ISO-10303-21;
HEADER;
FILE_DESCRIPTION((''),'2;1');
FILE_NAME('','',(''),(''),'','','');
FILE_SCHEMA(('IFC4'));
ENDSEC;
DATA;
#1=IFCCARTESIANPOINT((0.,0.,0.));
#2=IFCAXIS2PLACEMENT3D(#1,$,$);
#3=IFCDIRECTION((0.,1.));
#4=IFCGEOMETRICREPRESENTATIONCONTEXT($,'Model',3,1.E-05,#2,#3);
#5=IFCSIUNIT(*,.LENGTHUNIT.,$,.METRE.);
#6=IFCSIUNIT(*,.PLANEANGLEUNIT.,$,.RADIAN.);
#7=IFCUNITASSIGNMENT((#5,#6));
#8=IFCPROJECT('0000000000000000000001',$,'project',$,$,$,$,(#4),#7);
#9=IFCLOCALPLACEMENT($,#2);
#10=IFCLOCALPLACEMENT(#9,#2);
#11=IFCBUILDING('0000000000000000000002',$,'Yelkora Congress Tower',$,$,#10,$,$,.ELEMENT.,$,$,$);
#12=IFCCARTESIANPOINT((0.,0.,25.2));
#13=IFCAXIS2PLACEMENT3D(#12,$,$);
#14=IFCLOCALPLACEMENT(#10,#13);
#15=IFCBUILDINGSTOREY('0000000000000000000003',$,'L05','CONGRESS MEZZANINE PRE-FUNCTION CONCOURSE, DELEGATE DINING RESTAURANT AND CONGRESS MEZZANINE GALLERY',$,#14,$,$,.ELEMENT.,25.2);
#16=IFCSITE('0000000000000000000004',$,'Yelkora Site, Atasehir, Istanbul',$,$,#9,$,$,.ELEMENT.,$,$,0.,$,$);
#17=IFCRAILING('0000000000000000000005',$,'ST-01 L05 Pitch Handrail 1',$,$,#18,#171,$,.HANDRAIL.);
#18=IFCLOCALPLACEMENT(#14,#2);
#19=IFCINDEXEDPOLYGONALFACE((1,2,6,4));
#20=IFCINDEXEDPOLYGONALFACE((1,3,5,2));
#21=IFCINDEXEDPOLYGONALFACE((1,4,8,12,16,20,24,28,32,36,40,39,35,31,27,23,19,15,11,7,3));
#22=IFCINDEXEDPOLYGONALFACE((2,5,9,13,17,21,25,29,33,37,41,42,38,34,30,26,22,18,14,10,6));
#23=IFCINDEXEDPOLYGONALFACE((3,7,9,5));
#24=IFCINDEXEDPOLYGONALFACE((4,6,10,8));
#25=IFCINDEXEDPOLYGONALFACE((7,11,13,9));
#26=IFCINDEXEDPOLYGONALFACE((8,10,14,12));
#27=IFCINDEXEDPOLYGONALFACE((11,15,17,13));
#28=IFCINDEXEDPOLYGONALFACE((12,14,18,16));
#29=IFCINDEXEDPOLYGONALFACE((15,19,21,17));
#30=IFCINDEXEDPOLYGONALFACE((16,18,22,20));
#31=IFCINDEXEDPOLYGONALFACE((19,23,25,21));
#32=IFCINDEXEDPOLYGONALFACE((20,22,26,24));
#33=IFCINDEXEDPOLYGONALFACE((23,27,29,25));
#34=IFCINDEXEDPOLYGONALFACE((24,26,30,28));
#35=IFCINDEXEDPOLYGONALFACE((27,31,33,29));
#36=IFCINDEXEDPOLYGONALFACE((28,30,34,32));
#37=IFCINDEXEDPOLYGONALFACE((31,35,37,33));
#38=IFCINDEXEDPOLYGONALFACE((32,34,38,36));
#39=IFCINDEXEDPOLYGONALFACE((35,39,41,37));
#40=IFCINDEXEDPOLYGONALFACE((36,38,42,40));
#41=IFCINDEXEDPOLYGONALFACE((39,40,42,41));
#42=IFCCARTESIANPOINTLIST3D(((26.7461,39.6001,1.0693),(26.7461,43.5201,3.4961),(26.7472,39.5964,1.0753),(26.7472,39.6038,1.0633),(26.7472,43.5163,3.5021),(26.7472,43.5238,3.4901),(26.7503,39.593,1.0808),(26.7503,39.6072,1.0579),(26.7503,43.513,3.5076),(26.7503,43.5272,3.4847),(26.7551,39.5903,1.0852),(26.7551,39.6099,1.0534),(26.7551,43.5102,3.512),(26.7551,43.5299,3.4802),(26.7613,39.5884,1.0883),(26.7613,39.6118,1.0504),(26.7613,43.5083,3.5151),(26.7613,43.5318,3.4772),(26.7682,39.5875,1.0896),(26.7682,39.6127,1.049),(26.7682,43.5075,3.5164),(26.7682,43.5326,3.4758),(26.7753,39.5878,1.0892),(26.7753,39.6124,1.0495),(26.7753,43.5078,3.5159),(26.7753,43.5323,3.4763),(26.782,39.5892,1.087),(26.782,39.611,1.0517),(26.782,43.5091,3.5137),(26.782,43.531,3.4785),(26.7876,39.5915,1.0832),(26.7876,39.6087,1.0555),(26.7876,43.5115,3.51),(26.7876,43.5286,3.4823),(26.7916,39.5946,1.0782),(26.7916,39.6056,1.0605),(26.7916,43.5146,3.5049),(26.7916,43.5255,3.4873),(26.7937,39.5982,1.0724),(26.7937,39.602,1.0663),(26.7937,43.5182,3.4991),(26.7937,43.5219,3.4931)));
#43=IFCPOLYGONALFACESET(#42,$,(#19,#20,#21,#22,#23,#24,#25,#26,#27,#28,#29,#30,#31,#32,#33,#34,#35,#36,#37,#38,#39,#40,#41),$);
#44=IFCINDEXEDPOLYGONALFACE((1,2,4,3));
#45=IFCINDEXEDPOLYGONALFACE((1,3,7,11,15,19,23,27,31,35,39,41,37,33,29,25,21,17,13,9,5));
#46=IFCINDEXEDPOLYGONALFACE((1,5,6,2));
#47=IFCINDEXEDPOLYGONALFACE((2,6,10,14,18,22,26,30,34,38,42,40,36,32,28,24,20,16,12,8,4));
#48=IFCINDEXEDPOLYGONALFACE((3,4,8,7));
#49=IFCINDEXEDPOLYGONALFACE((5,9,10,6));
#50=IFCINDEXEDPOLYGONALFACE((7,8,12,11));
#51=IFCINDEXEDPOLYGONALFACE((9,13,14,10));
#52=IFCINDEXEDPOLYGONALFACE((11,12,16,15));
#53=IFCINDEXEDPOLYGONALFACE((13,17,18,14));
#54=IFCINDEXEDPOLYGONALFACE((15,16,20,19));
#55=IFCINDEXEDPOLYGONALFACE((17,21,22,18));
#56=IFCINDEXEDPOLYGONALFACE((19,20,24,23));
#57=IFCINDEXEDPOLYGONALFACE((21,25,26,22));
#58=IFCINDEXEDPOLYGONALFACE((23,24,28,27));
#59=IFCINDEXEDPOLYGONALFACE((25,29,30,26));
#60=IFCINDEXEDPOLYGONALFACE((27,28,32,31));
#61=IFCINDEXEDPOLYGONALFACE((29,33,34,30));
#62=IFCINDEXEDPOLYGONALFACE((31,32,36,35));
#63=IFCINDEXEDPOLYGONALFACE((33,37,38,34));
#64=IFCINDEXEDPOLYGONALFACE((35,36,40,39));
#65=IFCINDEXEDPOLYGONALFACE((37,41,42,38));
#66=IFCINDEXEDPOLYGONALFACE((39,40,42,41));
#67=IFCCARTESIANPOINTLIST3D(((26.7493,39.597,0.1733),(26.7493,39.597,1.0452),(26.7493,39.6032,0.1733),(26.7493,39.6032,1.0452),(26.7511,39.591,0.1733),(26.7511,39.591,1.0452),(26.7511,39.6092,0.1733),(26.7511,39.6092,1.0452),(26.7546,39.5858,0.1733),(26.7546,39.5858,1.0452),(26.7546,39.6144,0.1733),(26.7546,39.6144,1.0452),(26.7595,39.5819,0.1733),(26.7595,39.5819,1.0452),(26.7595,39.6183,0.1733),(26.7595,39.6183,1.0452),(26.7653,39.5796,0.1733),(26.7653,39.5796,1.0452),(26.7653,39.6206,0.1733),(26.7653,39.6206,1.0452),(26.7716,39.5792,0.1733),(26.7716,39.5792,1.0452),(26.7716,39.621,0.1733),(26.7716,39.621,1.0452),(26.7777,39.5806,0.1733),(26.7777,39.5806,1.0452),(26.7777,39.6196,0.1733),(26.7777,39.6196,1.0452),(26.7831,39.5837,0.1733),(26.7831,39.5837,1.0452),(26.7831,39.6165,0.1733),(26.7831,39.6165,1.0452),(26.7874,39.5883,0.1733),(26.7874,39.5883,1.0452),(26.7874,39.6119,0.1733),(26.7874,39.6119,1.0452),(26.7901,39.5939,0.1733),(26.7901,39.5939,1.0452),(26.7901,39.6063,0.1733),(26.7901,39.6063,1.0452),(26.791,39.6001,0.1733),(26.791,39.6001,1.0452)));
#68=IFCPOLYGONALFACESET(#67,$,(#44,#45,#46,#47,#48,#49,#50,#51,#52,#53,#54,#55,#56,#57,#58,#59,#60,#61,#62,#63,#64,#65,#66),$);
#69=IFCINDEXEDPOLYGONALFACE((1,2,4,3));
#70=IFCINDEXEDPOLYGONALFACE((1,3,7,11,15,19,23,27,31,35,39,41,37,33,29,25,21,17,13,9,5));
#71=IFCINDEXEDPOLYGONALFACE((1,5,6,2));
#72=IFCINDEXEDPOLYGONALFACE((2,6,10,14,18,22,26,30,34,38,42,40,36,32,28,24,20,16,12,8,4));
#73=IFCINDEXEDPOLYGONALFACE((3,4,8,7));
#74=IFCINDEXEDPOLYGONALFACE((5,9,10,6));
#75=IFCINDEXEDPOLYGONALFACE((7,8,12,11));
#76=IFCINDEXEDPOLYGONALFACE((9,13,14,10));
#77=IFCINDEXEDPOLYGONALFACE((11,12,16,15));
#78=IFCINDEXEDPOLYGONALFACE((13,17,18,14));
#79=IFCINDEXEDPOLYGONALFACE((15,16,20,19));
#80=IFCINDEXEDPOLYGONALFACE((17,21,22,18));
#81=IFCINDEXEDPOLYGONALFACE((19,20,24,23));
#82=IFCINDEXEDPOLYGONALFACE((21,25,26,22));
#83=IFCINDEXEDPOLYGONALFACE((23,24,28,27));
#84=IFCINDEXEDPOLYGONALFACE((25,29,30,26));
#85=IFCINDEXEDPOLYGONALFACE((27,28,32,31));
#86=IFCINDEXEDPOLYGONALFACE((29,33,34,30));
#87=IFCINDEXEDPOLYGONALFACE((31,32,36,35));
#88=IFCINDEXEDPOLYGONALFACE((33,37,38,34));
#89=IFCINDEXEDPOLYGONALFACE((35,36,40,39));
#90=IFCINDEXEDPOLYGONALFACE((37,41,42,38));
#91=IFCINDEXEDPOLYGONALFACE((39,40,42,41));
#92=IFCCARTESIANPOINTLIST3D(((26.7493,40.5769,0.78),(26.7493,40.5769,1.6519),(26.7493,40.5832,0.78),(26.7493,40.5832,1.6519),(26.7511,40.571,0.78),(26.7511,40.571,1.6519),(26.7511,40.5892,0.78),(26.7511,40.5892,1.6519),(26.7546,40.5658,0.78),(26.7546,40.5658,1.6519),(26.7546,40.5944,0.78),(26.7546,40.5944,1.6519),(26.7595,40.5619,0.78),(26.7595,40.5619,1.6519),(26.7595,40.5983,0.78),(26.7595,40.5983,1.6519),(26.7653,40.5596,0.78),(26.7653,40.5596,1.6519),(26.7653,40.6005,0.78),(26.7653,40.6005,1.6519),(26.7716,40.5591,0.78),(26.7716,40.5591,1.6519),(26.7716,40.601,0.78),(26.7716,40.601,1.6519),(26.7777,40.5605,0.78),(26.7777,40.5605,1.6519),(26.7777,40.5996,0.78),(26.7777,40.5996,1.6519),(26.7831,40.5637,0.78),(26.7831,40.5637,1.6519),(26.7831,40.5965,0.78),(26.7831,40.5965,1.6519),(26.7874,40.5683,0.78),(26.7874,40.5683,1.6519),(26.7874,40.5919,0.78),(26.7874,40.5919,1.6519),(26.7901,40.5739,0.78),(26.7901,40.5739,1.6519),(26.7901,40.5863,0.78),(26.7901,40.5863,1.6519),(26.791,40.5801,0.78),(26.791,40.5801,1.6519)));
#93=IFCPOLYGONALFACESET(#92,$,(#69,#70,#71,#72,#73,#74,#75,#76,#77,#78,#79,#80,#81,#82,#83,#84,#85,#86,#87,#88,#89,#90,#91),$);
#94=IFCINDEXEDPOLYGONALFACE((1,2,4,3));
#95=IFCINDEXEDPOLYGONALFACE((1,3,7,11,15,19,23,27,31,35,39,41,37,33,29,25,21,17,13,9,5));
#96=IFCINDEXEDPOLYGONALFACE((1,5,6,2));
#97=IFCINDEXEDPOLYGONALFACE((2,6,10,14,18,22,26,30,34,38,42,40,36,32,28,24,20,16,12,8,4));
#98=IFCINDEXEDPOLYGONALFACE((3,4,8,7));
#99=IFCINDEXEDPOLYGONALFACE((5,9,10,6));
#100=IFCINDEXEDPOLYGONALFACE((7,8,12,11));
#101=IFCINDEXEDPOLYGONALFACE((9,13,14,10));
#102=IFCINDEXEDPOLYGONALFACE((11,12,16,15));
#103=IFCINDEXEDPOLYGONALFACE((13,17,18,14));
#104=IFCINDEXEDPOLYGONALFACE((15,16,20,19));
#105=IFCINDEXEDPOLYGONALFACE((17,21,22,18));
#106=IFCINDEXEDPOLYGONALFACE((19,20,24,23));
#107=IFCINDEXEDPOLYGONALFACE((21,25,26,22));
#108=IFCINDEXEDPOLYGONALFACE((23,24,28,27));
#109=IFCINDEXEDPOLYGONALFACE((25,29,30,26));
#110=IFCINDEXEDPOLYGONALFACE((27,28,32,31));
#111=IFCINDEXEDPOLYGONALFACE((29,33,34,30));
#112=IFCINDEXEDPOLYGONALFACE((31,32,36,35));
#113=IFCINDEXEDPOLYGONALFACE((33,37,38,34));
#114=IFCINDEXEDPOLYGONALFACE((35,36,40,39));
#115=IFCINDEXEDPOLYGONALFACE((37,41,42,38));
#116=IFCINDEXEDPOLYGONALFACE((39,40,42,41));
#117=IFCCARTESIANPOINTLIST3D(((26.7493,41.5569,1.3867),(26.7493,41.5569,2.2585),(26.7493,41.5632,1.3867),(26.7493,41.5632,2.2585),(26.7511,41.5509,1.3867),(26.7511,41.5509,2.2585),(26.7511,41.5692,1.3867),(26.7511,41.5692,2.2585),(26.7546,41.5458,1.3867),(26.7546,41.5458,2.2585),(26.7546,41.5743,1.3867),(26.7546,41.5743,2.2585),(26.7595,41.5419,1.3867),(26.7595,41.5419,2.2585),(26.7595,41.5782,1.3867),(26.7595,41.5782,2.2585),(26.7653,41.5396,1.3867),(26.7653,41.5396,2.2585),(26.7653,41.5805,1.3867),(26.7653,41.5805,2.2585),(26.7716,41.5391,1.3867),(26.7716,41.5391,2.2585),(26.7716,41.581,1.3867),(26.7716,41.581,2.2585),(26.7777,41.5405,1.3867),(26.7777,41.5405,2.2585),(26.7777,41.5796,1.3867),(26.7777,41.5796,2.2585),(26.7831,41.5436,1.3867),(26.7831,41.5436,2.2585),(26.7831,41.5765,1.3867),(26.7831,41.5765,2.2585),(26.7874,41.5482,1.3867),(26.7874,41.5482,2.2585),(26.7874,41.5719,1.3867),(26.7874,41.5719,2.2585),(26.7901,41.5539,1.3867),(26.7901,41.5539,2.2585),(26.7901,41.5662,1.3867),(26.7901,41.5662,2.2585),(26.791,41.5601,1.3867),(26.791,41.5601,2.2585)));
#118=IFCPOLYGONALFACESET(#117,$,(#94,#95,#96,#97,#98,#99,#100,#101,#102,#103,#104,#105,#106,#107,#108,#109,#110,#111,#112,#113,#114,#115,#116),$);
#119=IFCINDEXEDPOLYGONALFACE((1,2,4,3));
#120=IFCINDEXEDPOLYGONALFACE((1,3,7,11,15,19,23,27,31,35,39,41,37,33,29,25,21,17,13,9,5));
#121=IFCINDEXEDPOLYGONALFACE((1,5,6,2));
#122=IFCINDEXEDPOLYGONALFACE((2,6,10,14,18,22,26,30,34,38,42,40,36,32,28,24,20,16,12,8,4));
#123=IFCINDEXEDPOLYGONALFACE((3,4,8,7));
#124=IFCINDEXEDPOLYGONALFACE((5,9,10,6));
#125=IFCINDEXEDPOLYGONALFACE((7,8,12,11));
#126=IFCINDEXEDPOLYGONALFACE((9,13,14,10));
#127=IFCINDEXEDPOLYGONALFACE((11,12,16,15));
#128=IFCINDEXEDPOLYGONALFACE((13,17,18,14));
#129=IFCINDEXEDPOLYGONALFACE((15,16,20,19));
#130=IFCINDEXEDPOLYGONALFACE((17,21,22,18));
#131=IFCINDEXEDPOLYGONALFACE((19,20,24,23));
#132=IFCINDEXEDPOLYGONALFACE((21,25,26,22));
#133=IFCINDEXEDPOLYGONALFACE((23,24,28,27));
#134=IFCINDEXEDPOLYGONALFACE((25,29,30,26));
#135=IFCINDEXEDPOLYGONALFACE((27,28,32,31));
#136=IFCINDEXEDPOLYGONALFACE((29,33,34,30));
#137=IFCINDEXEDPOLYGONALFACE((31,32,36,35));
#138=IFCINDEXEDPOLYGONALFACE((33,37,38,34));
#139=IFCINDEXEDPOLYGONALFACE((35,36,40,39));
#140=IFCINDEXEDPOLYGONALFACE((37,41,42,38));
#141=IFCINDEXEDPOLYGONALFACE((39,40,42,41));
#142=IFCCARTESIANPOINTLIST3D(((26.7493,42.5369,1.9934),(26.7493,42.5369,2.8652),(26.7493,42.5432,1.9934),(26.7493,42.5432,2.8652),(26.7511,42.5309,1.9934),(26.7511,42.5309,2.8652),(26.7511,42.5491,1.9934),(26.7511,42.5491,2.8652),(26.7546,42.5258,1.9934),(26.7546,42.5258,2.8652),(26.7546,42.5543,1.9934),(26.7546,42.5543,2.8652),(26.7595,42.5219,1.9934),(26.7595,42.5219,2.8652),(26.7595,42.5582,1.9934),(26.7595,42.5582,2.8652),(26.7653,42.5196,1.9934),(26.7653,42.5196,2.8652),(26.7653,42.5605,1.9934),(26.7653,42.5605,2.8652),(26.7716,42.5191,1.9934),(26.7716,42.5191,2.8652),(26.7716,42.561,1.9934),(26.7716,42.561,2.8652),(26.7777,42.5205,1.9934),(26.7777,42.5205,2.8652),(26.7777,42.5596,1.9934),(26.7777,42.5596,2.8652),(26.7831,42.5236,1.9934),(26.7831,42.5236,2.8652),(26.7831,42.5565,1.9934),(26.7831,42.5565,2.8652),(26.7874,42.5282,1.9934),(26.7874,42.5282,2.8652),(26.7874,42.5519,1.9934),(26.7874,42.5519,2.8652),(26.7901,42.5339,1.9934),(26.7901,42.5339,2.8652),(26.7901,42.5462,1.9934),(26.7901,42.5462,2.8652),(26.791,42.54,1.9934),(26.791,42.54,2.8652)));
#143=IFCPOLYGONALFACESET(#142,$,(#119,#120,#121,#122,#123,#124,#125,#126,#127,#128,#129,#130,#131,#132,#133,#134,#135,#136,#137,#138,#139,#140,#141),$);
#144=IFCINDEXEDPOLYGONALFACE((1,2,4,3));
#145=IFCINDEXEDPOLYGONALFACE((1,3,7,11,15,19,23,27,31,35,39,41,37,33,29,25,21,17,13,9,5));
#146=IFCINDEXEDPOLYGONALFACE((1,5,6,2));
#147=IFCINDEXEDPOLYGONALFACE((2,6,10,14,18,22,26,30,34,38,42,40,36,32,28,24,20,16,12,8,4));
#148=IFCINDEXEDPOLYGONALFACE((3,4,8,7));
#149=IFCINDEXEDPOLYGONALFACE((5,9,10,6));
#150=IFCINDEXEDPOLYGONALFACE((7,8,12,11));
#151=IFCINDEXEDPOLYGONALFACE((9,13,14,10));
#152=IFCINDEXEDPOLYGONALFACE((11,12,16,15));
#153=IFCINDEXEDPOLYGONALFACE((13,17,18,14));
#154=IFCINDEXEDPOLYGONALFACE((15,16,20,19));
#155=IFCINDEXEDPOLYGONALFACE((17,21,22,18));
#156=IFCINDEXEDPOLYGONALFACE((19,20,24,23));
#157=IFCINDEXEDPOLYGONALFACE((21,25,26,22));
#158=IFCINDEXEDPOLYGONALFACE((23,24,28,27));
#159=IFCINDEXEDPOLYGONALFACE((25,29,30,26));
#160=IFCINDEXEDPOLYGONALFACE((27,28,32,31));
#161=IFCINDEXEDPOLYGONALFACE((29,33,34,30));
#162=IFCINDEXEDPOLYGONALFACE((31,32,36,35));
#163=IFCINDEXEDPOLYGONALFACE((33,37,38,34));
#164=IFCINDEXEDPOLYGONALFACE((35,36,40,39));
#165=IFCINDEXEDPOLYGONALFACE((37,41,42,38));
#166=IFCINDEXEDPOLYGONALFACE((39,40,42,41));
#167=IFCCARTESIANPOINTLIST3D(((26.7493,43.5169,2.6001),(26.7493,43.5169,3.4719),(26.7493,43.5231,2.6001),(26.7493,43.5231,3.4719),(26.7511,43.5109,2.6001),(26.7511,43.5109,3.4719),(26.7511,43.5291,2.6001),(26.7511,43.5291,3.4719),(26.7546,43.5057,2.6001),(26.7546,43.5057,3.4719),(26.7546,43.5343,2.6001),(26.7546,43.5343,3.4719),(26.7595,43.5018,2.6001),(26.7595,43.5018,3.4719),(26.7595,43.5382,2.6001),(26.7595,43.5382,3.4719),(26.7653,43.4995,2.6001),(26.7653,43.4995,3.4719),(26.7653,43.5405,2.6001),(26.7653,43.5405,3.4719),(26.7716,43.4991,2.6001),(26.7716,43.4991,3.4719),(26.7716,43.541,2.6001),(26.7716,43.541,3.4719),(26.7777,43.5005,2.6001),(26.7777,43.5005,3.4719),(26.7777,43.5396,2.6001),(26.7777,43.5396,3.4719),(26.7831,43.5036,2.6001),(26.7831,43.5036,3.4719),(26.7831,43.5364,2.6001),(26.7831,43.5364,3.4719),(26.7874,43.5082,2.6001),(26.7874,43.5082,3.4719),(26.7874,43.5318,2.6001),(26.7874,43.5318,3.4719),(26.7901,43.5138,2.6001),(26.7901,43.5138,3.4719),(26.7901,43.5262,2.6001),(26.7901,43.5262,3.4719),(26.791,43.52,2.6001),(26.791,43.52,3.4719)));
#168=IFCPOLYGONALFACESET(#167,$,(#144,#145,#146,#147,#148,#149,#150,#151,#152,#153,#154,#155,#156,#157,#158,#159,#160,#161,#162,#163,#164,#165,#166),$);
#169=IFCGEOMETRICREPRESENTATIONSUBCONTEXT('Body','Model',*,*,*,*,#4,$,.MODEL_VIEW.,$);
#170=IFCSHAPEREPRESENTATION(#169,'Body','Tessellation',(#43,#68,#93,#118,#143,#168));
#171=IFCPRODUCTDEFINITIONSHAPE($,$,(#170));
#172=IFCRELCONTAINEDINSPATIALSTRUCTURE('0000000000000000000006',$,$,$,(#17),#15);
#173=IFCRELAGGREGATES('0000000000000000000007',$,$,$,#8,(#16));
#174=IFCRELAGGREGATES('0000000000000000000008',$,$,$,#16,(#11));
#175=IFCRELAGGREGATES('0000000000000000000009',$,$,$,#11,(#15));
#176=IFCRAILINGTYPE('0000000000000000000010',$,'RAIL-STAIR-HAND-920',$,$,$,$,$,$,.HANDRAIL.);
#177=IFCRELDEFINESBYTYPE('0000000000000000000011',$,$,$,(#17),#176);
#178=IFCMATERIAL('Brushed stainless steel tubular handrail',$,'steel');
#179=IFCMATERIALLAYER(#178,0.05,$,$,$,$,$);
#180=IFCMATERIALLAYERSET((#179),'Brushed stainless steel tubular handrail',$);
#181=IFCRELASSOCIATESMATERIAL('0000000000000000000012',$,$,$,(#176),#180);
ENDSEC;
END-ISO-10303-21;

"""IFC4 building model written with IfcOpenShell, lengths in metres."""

from ifc_helpers import new_model, si_unit, direction, frame, origin, origin_2d, place, context, subcontext, project, spatial, circle, extrude, material, layer, layer_set, type_object, element, save


model = new_model("IFC4")

# Units and contexts
model_context = context("Model", 3, precision=1e-05, world=origin(), true_north=direction((0.0, 1.0)))
body_context = subcontext(model_context, "Body", "Model", "MODEL_VIEW")
ifc_project = project(units=[si_unit("LENGTHUNIT", "METRE"), si_unit("PLANEANGLEUNIT", "RADIAN")], contexts=[model_context])

# Site, building, storey
site_placement = place(None, origin())
site = spatial("IfcSite", under=ifc_project, at=site_placement, Name="Yelkora Site, Atasehir, Istanbul", CompositionType="ELEMENT", RefElevation=0.0)
building_placement = place(site_placement, origin())
building = spatial("IfcBuilding", under=site, at=building_placement, Name="Yelkora Congress Tower", CompositionType="ELEMENT")
storey_placement = place(building_placement, frame((0.0, 0.0, 25.2)))
storey = spatial("IfcBuildingStorey", under=building, at=storey_placement, Name="L05", Description="CONGRESS MEZZANINE PRE-FUNCTION CONCOURSE, DELEGATE DINING RESTAURANT AND CONGRESS MEZZANINE GALLERY", CompositionType="ELEMENT", Elevation=25.2)

# Railing
ifc_material_1 = material(Name="Brushed stainless steel tubular handrail", Category="steel")
ifc_layer_1 = layer(ifc_material_1, 0.05)
ifc_layer_set_1 = layer_set([ifc_layer_1], Name="Brushed stainless steel tubular handrail")
railing_type_1 = type_object("IfcRailingType", Name="RAIL-STAIR-HAND-920", PredefinedType="HANDRAIL", material=ifc_layer_set_1)
railing_1_placement = place(storey_placement, frame((26.77, 39.6001, 0.1733)))
element("IfcRailing", 1, at=railing_1_placement, inside=storey, type_object=railing_type_1, Name="ST-01 L05 Pitch Handrail 1", PredefinedType="HANDRAIL", context=body_context, shape_type="SweptSolid", body=[
    extrude(circle(Radius=0.0239, at=origin_2d()), frame((0.0, 0.0, 0.896), z_axis=(0.0, 0.850252, 0.526376), x_axis=(-1.0, 0.0, 0.0)), (0.0, 0.0, 1.0), 4.6104),
    extrude(circle(Radius=0.021, at=origin_2d()), origin(), (0.0, 0.0, 1.0), 0.8718),
    extrude(circle(Radius=0.021, at=origin_2d()), frame((0.0, 0.98, 0.6067)), (0.0, 0.0, 1.0), 0.8718),
    extrude(circle(Radius=0.021, at=origin_2d()), frame((0.0, 1.96, 1.2134)), (0.0, 0.0, 1.0), 0.8718),
    extrude(circle(Radius=0.021, at=origin_2d()), frame((0.0, 2.9399, 1.8201)), (0.0, 0.0, 1.0), 0.8718),
    extrude(circle(Radius=0.021, at=origin_2d()), frame((0.0, 3.9199, 2.4268)), (0.0, 0.0, 1.0), 0.8718),
])

save(model, "model.ifc")
